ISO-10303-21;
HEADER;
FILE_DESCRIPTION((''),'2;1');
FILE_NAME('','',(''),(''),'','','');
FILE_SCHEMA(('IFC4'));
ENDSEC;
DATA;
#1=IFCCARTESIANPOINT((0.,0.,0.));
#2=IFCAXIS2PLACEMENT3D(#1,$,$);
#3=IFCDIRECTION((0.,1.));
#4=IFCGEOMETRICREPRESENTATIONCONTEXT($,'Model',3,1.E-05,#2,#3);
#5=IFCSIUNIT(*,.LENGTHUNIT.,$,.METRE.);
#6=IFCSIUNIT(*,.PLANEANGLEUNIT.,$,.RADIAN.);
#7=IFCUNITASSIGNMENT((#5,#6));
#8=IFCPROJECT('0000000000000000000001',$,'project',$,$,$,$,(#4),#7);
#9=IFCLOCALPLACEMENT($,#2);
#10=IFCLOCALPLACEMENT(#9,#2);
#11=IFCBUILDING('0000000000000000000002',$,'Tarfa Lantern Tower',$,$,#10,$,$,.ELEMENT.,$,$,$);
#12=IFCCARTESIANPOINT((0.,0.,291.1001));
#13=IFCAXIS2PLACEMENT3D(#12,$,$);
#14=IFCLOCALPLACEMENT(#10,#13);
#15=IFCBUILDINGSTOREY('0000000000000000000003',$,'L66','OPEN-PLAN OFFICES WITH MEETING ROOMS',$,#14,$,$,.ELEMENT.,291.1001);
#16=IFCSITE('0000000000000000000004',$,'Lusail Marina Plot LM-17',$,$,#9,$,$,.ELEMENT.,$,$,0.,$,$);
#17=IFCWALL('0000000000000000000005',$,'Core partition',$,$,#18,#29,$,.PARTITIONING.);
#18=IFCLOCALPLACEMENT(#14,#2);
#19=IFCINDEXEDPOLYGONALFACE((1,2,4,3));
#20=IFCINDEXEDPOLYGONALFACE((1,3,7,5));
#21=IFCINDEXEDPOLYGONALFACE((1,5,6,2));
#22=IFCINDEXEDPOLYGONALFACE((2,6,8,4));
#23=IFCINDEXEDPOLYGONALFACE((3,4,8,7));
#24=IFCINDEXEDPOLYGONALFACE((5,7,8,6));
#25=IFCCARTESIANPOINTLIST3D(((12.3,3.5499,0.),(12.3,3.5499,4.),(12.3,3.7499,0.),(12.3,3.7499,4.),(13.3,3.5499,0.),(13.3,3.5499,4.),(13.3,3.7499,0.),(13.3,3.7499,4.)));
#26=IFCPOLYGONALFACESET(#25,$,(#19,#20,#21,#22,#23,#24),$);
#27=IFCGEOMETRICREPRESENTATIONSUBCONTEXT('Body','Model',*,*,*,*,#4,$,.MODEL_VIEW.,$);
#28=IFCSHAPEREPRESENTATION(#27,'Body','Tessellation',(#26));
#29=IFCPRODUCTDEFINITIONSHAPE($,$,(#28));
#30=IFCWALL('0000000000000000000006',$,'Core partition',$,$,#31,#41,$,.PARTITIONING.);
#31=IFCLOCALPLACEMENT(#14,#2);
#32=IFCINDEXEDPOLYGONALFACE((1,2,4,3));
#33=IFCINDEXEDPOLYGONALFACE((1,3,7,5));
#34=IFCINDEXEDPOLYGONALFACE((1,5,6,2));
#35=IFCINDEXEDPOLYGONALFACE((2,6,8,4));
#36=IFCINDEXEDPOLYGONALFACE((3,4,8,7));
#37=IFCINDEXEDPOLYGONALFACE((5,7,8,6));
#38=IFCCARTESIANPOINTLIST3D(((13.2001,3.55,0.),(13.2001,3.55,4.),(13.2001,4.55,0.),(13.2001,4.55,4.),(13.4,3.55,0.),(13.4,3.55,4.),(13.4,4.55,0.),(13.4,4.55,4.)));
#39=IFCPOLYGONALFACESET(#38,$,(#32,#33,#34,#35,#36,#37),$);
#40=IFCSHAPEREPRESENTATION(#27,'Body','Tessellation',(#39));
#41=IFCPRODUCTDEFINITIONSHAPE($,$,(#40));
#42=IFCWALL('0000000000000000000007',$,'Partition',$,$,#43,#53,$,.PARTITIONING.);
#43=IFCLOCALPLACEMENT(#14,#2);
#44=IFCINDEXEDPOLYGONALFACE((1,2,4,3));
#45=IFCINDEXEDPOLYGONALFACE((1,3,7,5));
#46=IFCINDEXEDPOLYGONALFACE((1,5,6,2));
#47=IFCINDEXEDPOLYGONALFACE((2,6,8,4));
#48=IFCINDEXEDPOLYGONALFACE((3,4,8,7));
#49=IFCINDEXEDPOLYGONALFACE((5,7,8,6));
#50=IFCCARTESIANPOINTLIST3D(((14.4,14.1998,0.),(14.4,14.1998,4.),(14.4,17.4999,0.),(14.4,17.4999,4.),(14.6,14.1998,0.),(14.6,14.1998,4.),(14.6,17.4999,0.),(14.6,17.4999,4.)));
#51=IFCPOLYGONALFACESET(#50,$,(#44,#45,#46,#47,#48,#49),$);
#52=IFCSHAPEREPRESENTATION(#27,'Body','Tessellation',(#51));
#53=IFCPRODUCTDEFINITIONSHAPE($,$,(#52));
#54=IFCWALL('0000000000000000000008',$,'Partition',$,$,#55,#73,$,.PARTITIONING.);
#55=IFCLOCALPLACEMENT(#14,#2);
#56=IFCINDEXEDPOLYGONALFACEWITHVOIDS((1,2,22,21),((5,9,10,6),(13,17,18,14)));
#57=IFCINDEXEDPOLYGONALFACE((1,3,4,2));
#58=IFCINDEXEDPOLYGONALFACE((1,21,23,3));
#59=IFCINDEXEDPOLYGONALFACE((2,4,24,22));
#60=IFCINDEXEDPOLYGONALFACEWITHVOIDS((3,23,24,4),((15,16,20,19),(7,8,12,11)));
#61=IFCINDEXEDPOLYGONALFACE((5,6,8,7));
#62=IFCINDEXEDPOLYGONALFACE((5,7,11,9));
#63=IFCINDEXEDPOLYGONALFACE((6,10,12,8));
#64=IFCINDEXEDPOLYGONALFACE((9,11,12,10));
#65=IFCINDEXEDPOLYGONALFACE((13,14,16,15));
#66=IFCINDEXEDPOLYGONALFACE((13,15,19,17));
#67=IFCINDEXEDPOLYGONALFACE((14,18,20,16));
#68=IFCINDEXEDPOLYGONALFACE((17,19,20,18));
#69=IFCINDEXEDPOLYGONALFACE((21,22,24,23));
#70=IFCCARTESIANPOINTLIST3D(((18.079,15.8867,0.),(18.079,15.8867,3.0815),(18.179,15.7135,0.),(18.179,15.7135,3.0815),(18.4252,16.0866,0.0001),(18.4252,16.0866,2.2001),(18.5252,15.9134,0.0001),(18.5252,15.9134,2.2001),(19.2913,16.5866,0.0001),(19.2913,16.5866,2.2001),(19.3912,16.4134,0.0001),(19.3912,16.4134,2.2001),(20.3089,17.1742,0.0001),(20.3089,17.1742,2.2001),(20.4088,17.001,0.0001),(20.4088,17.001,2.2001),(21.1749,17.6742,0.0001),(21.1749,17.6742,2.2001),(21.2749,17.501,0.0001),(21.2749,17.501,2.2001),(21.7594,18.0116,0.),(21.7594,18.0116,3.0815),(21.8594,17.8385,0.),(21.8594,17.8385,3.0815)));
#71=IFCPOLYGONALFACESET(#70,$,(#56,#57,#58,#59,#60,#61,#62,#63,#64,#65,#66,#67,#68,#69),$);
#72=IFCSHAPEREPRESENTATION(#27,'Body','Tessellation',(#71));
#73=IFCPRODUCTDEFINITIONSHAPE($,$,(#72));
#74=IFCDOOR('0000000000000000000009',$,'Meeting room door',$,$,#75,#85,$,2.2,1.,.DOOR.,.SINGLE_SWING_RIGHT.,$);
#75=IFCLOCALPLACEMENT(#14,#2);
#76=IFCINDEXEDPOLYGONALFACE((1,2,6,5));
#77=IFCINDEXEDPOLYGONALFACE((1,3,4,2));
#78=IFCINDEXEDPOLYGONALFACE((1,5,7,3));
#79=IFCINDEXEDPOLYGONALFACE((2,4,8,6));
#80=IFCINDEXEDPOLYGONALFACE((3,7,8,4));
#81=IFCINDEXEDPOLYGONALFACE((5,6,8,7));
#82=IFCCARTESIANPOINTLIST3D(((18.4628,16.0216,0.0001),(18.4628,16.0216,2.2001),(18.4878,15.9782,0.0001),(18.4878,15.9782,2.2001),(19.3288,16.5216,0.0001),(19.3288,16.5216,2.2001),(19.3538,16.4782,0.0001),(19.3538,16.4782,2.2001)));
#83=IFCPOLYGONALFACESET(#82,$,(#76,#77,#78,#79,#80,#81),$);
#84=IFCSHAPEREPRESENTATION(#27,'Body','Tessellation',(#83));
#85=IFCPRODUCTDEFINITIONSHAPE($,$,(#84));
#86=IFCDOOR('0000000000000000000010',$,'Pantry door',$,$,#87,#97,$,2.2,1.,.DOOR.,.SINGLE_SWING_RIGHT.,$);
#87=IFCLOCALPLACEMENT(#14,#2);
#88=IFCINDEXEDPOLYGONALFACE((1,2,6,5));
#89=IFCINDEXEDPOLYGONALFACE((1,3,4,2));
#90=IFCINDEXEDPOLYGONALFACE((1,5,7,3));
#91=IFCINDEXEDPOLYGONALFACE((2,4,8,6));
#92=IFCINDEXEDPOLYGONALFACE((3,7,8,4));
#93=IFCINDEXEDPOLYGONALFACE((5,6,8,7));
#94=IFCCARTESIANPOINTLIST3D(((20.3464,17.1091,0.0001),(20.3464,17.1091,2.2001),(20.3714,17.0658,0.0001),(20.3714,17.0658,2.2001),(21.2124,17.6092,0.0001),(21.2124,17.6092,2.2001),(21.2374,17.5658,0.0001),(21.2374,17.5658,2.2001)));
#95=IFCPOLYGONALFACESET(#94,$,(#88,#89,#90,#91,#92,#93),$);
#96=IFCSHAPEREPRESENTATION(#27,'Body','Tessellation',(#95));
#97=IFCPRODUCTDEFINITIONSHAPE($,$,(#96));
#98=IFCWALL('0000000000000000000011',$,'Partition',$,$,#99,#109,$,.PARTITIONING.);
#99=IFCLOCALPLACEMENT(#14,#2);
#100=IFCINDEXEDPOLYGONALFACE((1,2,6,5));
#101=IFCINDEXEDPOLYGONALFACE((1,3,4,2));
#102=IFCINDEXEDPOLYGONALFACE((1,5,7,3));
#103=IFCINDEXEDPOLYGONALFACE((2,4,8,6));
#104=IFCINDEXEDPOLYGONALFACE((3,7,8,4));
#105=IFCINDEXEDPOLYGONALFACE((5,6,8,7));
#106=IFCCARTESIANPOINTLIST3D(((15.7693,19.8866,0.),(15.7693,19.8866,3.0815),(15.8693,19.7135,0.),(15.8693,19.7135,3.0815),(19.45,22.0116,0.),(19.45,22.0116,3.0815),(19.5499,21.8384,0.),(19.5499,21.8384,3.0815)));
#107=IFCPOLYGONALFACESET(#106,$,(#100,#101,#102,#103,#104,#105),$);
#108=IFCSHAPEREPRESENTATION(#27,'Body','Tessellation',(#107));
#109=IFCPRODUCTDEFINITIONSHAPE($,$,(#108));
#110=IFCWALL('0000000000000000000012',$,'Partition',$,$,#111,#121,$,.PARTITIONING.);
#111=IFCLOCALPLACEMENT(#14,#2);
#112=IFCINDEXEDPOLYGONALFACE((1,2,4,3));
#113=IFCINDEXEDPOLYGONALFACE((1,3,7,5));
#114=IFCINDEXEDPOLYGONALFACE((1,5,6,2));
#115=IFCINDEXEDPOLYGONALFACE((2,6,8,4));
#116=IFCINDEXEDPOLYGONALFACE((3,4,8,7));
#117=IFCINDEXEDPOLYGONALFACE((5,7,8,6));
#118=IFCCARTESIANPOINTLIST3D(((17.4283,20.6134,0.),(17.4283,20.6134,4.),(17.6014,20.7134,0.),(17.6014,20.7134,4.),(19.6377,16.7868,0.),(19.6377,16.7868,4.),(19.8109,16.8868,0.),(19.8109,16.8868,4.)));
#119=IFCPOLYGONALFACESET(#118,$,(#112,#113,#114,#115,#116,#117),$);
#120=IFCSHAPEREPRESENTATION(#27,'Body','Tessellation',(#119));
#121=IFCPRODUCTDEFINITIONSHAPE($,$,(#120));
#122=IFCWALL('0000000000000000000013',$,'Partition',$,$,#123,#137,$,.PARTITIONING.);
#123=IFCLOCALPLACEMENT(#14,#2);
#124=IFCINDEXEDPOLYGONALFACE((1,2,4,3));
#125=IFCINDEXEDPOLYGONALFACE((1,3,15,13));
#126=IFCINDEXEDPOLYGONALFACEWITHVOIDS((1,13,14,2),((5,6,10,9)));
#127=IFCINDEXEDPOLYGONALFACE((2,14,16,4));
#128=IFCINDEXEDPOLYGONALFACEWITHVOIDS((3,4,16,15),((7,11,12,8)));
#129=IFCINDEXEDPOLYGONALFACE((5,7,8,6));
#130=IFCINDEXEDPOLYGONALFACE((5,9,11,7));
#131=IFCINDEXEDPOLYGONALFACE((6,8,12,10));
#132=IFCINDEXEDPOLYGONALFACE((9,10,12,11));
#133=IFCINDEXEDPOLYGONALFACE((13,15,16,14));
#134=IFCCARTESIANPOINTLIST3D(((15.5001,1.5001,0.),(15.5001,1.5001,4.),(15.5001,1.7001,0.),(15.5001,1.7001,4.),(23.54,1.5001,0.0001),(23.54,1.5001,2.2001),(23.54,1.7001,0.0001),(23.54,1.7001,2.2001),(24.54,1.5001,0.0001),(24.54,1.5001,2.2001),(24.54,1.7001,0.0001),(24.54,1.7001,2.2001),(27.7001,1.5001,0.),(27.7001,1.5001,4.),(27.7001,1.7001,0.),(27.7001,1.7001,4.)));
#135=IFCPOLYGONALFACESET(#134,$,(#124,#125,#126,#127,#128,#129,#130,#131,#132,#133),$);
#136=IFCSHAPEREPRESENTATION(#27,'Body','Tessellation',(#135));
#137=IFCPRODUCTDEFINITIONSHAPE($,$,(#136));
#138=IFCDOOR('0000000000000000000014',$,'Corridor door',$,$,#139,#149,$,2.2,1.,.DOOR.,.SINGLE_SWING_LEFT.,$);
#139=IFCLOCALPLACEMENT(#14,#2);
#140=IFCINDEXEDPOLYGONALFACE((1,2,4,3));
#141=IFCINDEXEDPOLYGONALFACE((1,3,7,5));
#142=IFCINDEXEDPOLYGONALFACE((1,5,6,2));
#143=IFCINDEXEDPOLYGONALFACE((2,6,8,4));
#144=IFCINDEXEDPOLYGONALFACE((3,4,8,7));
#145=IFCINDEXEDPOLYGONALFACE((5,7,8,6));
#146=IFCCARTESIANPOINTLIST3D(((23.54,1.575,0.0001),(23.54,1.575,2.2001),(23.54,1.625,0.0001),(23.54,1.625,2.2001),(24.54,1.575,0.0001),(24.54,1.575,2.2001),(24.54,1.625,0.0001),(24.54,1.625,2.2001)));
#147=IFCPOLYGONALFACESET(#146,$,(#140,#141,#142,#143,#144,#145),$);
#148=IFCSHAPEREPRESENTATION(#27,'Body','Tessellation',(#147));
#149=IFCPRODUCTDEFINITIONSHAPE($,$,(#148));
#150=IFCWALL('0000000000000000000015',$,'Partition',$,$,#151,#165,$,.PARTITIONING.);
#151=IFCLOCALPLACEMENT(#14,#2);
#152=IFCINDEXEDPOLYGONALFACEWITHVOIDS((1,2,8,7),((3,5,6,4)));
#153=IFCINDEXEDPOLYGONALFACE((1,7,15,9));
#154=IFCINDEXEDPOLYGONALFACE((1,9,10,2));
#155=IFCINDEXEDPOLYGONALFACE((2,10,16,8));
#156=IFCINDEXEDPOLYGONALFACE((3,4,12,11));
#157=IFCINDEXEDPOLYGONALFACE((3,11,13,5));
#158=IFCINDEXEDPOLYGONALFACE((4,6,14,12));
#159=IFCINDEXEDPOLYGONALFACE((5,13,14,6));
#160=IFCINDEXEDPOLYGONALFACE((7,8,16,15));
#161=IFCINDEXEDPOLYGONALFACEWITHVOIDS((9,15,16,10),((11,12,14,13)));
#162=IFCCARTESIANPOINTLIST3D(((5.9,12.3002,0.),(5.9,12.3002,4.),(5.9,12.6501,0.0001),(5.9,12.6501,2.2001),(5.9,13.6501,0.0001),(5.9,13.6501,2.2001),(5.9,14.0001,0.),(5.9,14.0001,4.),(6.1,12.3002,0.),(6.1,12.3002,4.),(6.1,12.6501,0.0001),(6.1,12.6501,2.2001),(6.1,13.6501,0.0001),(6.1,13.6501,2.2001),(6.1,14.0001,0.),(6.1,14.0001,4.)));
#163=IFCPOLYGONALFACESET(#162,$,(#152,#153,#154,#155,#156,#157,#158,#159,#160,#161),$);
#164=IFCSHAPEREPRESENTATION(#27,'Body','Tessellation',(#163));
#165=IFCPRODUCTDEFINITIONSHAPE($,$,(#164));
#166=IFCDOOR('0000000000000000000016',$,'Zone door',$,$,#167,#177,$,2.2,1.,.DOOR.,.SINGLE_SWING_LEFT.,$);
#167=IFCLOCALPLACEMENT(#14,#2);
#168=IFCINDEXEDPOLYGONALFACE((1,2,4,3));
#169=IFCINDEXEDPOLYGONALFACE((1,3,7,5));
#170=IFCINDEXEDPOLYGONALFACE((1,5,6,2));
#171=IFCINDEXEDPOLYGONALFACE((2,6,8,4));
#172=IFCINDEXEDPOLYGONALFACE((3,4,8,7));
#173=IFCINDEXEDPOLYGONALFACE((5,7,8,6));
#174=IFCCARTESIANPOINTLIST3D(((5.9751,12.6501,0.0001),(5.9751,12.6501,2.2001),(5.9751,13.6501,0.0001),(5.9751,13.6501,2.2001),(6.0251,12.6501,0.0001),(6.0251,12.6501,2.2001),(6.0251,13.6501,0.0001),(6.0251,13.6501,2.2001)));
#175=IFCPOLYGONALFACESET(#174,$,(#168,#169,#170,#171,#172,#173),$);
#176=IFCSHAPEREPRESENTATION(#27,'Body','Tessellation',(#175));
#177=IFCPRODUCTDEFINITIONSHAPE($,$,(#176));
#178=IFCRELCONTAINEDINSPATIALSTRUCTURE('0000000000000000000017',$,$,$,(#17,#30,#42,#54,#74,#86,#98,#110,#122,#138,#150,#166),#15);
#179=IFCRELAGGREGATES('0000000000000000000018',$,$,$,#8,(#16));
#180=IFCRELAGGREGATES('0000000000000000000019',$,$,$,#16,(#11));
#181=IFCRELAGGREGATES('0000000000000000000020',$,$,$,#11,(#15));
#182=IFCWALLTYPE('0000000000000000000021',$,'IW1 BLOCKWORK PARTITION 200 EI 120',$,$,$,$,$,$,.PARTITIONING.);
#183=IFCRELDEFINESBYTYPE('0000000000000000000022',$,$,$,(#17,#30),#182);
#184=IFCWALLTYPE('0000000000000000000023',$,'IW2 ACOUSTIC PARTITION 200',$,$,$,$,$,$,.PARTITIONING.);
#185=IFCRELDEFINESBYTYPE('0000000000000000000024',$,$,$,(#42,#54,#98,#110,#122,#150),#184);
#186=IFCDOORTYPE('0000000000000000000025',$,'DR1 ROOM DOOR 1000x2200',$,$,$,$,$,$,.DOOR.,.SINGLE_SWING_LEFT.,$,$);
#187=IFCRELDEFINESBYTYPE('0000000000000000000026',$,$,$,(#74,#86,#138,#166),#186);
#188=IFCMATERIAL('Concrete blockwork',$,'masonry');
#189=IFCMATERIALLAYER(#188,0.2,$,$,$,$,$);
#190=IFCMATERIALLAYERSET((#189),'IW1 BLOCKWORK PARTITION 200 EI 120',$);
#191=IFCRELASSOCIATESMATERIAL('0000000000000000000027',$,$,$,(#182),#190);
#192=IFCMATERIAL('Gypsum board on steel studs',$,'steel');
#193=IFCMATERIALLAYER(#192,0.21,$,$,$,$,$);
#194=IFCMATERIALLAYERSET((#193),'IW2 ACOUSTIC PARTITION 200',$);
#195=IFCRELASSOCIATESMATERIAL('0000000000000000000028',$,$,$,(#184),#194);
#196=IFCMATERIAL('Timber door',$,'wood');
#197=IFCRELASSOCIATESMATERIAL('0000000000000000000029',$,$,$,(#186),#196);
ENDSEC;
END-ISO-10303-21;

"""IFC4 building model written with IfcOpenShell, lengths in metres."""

from ifc_helpers import new_model, si_unit, direction, frame, frame_2d, origin, place, context, subcontext, project, spatial, rectangle, extrude, material, layer, layer_set, type_object, element, fill, save


model = new_model("IFC4")

# Units and contexts
model_context = context("Model", 3, precision=1e-05, world=origin(), true_north=direction((0.0, 1.0)))
body_context = subcontext(model_context, "Body", "Model", "MODEL_VIEW")
ifc_project = project(units=[si_unit("LENGTHUNIT", "METRE"), si_unit("PLANEANGLEUNIT", "RADIAN")], contexts=[model_context])

# Site, building, storey
site_placement = place(None, origin())
site = spatial("IfcSite", under=ifc_project, at=site_placement, Name="Lusail Marina Plot LM-17", CompositionType="ELEMENT", RefElevation=0.0)
building_placement = place(site_placement, origin())
building = spatial("IfcBuilding", under=site, at=building_placement, Name="Tarfa Lantern Tower", CompositionType="ELEMENT")
storey_placement = place(building_placement, frame((0.0, 0.0, 291.1001)))
storey = spatial("IfcBuildingStorey", under=building, at=storey_placement, Name="L66", Description="OPEN-PLAN OFFICES WITH MEETING ROOMS", CompositionType="ELEMENT", Elevation=291.1001)

# Walls
ifc_material_1 = material(Name="Concrete blockwork", Category="masonry")
ifc_layer_1 = layer(ifc_material_1, 0.2)
ifc_layer_set_1 = layer_set([ifc_layer_1], Name="IW1 BLOCKWORK PARTITION 200 EI 120")
wall_type_1 = type_object("IfcWallType", Name="IW1 BLOCKWORK PARTITION 200 EI 120", PredefinedType="PARTITIONING", material=ifc_layer_set_1)
for number, where, z_axis, x_axis, name in (
    (1, (12.3, 3.6499, 0.0), (0.0, 0.0, 1.0), (1.0, 0.0, 0.0), "Core partition"),
    (2, (13.3, 3.55, 0.0), (0.0, 0.0, 1.0), (0.0, 1.0, 0.0), "Core partition"),
):
    element("IfcWall", number, at=place(storey_placement, frame(where, z_axis=z_axis, x_axis=x_axis)), inside=storey, type_object=wall_type_1, Name=name, PredefinedType="PARTITIONING", context=body_context, shape_type="SweptSolid", body=[
        extrude(rectangle(XDim=1.0, YDim=0.2, at=frame_2d((0.5, 0.0))), origin(), (0.0, 0.0, 1.0), 4.0),
    ])
ifc_material_2 = material(Name="Gypsum board on steel studs", Category="steel")
ifc_layer_2 = layer(ifc_material_2, 0.21)
ifc_layer_set_2 = layer_set([ifc_layer_2], Name="IW2 ACOUSTIC PARTITION 200")
wall_type_2 = type_object("IfcWallType", Name="IW2 ACOUSTIC PARTITION 200", PredefinedType="PARTITIONING", material=ifc_layer_set_2)
wall_1_placement = place(storey_placement, frame((14.5, 14.2, 0.0), z_axis=(0.0, 0.0, 1.0), x_axis=(0.0, 1.0, 0.0)))
element("IfcWall", 3, at=wall_1_placement, inside=storey, type_object=wall_type_2, Name="Partition", PredefinedType="PARTITIONING", context=body_context, shape_type="SweptSolid", body=[
    extrude(rectangle(XDim=3.3, YDim=0.2, at=frame_2d((1.6499, 0.0))), origin(), (0.0, 0.0, 1.0), 4.0),
])

# Wall, openings, doors
wall_2_placement = place(storey_placement, frame((18.1289, 15.8, 0.0), z_axis=(0.0, 0.0, 1.0), x_axis=(0.866014, 0.500019, 0.0)))
wall_2 = element("IfcWall", 4, at=wall_2_placement, inside=storey, type_object=wall_type_2, Name="Partition", PredefinedType="PARTITIONING", context=body_context, shape_type="SweptSolid", body=[
    extrude(rectangle(XDim=4.2498, YDim=0.2, at=frame_2d((2.125, 0.0))), origin(), (0.0, 0.0, 1.0), 3.0815),
])
opening_1_placement = place(wall_2_placement, frame((0.3999, 0.0, 0.0)))
opening_1 = element("IfcOpeningElement", 5, at=opening_1_placement, cuts=wall_2, PredefinedType="OPENING", context=body_context, shape_type="SweptSolid", body=[
    extrude(rectangle(XDim=1.0, YDim=2.2, at=frame_2d((0.5, 1.1001))), frame((0.0, 0.1099, 0.0), z_axis=(0.0, -1.0, 0.0), x_axis=(1.0, 0.0, 0.0)), (0.0, 0.0, 1.0), 0.22),
])
opening_2_placement = place(wall_2_placement, frame((2.575, 0.0, 0.0)))
opening_2 = element("IfcOpeningElement", 6, at=opening_2_placement, cuts=wall_2, PredefinedType="OPENING", context=body_context, shape_type="SweptSolid", body=[
    extrude(rectangle(XDim=1.0, YDim=2.2, at=frame_2d((0.5, 1.1001))), frame((0.0, 0.1099, 0.0), z_axis=(0.0, -1.0, 0.0), x_axis=(1.0, 0.0, 0.0)), (0.0, 0.0, 1.0), 0.22),
])
ifc_material_3 = material(Name="Timber door", Category="wood")
door_type_1 = type_object("IfcDoorType", Name="DR1 ROOM DOOR 1000x2200", OperationType="SINGLE_SWING_LEFT", PredefinedType="DOOR", material=ifc_material_3)
door_1_placement = place(opening_1_placement, origin())
door_1 = element("IfcDoor", 7, at=door_1_placement, inside=storey, type_object=door_type_1, Name="Meeting room door", OperationType="SINGLE_SWING_RIGHT", OverallHeight=2.2, OverallWidth=1.0, PredefinedType="DOOR", context=body_context, shape_type="SweptSolid", body=[
    extrude(rectangle(XDim=1.0, YDim=2.2, at=frame_2d((0.5, 1.1001))), frame((0.0, 0.0249, 0.0), z_axis=(0.0, -1.0, 0.0), x_axis=(1.0, 0.0, 0.0)), (0.0, 0.0, 1.0), 0.05),
])
fill(opening_1, door_1)
door_2_placement = place(opening_2_placement, origin())
door_2 = element("IfcDoor", 8, at=door_2_placement, inside=storey, type_object=door_type_1, Name="Pantry door", OperationType="SINGLE_SWING_RIGHT", OverallHeight=2.2, OverallWidth=1.0, PredefinedType="DOOR", context=body_context, shape_type="SweptSolid", body=[
    extrude(rectangle(XDim=1.0, YDim=2.2, at=frame_2d((0.5, 1.1001))), frame((0.0, 0.0249, 0.0), z_axis=(0.0, -1.0, 0.0), x_axis=(1.0, 0.0, 0.0)), (0.0, 0.0, 1.0), 0.05),
])
fill(opening_2, door_2)

# Walls
wall_3_placement = place(storey_placement, frame((15.8193, 19.8, 0.0), z_axis=(0.0, 0.0, 1.0), x_axis=(0.866029, 0.499994, 0.0)))
element("IfcWall", 9, at=wall_3_placement, inside=storey, type_object=wall_type_2, Name="Partition", PredefinedType="PARTITIONING", context=body_context, shape_type="SweptSolid", body=[
    extrude(rectangle(XDim=4.25, YDim=0.2, at=frame_2d((2.125, 0.0))), origin(), (0.0, 0.0, 1.0), 3.0815),
])
wall_4_placement = place(storey_placement, frame((19.7244, 16.8367, 0.0), z_axis=(0.0, 0.0, 1.0), x_axis=(-0.500025, 0.866011, 0.0)))
element("IfcWall", 10, at=wall_4_placement, inside=storey, type_object=wall_type_2, Name="Partition", PredefinedType="PARTITIONING", context=body_context, shape_type="SweptSolid", body=[
    extrude(rectangle(XDim=4.4187, YDim=0.2, at=frame_2d((2.2095, 0.0))), origin(), (0.0, 0.0, 1.0), 4.0),
])

# Walls, openings, doors
wall_5_placement = place(storey_placement, frame((15.5, 1.6001, 0.0), z_axis=(0.0, 0.0, 1.0), x_axis=(1.0, 0.0, 0.0)))
wall_5 = element("IfcWall", 11, at=wall_5_placement, inside=storey, type_object=wall_type_2, Name="Partition", PredefinedType="PARTITIONING", context=body_context, shape_type="SweptSolid", body=[
    extrude(rectangle(XDim=12.2, YDim=0.2, at=frame_2d((6.1001, 0.0))), origin(), (0.0, 0.0, 1.0), 4.0),
])
opening_3_placement = place(wall_5_placement, frame((8.04, 0.0, 0.0)))
opening_3 = element("IfcOpeningElement", 12, at=opening_3_placement, cuts=wall_5, PredefinedType="OPENING", context=body_context, shape_type="SweptSolid", body=[
    extrude(rectangle(XDim=1.0, YDim=2.2, at=frame_2d((0.5, 1.1001))), frame((0.0, 0.1099, 0.0), z_axis=(0.0, -1.0, 0.0), x_axis=(1.0, 0.0, 0.0)), (0.0, 0.0, 1.0), 0.22),
])
door_3_placement = place(opening_3_placement, origin())
door_3 = element("IfcDoor", 13, at=door_3_placement, inside=storey, type_object=door_type_1, Name="Corridor door", OperationType="SINGLE_SWING_LEFT", OverallHeight=2.2, OverallWidth=1.0, PredefinedType="DOOR", context=body_context, shape_type="SweptSolid", body=[
    extrude(rectangle(XDim=1.0, YDim=2.2, at=frame_2d((0.5, 1.1001))), frame((0.0, 0.0249, 0.0), z_axis=(0.0, -1.0, 0.0), x_axis=(1.0, 0.0, 0.0)), (0.0, 0.0, 1.0), 0.05),
])
fill(opening_3, door_3)
wall_6_placement = place(storey_placement, frame((6.0, 12.3, 0.0), z_axis=(0.0, 0.0, 1.0), x_axis=(0.0, 1.0, 0.0)))
wall_6 = element("IfcWall", 14, at=wall_6_placement, inside=storey, type_object=wall_type_2, Name="Partition", PredefinedType="PARTITIONING", context=body_context, shape_type="SweptSolid", body=[
    extrude(rectangle(XDim=1.7, YDim=0.2, at=frame_2d((0.8501, 0.0))), origin(), (0.0, 0.0, 1.0), 4.0),
])
opening_4_placement = place(wall_6_placement, frame((0.3501, 0.0, 0.0)))
opening_4 = element("IfcOpeningElement", 15, at=opening_4_placement, cuts=wall_6, PredefinedType="OPENING", context=body_context, shape_type="SweptSolid", body=[
    extrude(rectangle(XDim=1.0, YDim=2.2, at=frame_2d((0.5, 1.1001))), frame((0.0, 0.1099, 0.0), z_axis=(0.0, -1.0, 0.0), x_axis=(1.0, 0.0, 0.0)), (0.0, 0.0, 1.0), 0.22),
])
door_4_placement = place(opening_4_placement, origin())
door_4 = element("IfcDoor", 16, at=door_4_placement, inside=storey, type_object=door_type_1, Name="Zone door", OperationType="SINGLE_SWING_LEFT", OverallHeight=2.2, OverallWidth=1.0, PredefinedType="DOOR", context=body_context, shape_type="SweptSolid", body=[
    extrude(rectangle(XDim=1.0, YDim=2.2, at=frame_2d((0.5, 1.1001))), frame((0.0, 0.0249, 0.0), z_axis=(0.0, -1.0, 0.0), x_axis=(1.0, 0.0, 0.0)), (0.0, 0.0, 1.0), 0.05),
])
fill(opening_4, door_4)

save(model, "model.ifc")
